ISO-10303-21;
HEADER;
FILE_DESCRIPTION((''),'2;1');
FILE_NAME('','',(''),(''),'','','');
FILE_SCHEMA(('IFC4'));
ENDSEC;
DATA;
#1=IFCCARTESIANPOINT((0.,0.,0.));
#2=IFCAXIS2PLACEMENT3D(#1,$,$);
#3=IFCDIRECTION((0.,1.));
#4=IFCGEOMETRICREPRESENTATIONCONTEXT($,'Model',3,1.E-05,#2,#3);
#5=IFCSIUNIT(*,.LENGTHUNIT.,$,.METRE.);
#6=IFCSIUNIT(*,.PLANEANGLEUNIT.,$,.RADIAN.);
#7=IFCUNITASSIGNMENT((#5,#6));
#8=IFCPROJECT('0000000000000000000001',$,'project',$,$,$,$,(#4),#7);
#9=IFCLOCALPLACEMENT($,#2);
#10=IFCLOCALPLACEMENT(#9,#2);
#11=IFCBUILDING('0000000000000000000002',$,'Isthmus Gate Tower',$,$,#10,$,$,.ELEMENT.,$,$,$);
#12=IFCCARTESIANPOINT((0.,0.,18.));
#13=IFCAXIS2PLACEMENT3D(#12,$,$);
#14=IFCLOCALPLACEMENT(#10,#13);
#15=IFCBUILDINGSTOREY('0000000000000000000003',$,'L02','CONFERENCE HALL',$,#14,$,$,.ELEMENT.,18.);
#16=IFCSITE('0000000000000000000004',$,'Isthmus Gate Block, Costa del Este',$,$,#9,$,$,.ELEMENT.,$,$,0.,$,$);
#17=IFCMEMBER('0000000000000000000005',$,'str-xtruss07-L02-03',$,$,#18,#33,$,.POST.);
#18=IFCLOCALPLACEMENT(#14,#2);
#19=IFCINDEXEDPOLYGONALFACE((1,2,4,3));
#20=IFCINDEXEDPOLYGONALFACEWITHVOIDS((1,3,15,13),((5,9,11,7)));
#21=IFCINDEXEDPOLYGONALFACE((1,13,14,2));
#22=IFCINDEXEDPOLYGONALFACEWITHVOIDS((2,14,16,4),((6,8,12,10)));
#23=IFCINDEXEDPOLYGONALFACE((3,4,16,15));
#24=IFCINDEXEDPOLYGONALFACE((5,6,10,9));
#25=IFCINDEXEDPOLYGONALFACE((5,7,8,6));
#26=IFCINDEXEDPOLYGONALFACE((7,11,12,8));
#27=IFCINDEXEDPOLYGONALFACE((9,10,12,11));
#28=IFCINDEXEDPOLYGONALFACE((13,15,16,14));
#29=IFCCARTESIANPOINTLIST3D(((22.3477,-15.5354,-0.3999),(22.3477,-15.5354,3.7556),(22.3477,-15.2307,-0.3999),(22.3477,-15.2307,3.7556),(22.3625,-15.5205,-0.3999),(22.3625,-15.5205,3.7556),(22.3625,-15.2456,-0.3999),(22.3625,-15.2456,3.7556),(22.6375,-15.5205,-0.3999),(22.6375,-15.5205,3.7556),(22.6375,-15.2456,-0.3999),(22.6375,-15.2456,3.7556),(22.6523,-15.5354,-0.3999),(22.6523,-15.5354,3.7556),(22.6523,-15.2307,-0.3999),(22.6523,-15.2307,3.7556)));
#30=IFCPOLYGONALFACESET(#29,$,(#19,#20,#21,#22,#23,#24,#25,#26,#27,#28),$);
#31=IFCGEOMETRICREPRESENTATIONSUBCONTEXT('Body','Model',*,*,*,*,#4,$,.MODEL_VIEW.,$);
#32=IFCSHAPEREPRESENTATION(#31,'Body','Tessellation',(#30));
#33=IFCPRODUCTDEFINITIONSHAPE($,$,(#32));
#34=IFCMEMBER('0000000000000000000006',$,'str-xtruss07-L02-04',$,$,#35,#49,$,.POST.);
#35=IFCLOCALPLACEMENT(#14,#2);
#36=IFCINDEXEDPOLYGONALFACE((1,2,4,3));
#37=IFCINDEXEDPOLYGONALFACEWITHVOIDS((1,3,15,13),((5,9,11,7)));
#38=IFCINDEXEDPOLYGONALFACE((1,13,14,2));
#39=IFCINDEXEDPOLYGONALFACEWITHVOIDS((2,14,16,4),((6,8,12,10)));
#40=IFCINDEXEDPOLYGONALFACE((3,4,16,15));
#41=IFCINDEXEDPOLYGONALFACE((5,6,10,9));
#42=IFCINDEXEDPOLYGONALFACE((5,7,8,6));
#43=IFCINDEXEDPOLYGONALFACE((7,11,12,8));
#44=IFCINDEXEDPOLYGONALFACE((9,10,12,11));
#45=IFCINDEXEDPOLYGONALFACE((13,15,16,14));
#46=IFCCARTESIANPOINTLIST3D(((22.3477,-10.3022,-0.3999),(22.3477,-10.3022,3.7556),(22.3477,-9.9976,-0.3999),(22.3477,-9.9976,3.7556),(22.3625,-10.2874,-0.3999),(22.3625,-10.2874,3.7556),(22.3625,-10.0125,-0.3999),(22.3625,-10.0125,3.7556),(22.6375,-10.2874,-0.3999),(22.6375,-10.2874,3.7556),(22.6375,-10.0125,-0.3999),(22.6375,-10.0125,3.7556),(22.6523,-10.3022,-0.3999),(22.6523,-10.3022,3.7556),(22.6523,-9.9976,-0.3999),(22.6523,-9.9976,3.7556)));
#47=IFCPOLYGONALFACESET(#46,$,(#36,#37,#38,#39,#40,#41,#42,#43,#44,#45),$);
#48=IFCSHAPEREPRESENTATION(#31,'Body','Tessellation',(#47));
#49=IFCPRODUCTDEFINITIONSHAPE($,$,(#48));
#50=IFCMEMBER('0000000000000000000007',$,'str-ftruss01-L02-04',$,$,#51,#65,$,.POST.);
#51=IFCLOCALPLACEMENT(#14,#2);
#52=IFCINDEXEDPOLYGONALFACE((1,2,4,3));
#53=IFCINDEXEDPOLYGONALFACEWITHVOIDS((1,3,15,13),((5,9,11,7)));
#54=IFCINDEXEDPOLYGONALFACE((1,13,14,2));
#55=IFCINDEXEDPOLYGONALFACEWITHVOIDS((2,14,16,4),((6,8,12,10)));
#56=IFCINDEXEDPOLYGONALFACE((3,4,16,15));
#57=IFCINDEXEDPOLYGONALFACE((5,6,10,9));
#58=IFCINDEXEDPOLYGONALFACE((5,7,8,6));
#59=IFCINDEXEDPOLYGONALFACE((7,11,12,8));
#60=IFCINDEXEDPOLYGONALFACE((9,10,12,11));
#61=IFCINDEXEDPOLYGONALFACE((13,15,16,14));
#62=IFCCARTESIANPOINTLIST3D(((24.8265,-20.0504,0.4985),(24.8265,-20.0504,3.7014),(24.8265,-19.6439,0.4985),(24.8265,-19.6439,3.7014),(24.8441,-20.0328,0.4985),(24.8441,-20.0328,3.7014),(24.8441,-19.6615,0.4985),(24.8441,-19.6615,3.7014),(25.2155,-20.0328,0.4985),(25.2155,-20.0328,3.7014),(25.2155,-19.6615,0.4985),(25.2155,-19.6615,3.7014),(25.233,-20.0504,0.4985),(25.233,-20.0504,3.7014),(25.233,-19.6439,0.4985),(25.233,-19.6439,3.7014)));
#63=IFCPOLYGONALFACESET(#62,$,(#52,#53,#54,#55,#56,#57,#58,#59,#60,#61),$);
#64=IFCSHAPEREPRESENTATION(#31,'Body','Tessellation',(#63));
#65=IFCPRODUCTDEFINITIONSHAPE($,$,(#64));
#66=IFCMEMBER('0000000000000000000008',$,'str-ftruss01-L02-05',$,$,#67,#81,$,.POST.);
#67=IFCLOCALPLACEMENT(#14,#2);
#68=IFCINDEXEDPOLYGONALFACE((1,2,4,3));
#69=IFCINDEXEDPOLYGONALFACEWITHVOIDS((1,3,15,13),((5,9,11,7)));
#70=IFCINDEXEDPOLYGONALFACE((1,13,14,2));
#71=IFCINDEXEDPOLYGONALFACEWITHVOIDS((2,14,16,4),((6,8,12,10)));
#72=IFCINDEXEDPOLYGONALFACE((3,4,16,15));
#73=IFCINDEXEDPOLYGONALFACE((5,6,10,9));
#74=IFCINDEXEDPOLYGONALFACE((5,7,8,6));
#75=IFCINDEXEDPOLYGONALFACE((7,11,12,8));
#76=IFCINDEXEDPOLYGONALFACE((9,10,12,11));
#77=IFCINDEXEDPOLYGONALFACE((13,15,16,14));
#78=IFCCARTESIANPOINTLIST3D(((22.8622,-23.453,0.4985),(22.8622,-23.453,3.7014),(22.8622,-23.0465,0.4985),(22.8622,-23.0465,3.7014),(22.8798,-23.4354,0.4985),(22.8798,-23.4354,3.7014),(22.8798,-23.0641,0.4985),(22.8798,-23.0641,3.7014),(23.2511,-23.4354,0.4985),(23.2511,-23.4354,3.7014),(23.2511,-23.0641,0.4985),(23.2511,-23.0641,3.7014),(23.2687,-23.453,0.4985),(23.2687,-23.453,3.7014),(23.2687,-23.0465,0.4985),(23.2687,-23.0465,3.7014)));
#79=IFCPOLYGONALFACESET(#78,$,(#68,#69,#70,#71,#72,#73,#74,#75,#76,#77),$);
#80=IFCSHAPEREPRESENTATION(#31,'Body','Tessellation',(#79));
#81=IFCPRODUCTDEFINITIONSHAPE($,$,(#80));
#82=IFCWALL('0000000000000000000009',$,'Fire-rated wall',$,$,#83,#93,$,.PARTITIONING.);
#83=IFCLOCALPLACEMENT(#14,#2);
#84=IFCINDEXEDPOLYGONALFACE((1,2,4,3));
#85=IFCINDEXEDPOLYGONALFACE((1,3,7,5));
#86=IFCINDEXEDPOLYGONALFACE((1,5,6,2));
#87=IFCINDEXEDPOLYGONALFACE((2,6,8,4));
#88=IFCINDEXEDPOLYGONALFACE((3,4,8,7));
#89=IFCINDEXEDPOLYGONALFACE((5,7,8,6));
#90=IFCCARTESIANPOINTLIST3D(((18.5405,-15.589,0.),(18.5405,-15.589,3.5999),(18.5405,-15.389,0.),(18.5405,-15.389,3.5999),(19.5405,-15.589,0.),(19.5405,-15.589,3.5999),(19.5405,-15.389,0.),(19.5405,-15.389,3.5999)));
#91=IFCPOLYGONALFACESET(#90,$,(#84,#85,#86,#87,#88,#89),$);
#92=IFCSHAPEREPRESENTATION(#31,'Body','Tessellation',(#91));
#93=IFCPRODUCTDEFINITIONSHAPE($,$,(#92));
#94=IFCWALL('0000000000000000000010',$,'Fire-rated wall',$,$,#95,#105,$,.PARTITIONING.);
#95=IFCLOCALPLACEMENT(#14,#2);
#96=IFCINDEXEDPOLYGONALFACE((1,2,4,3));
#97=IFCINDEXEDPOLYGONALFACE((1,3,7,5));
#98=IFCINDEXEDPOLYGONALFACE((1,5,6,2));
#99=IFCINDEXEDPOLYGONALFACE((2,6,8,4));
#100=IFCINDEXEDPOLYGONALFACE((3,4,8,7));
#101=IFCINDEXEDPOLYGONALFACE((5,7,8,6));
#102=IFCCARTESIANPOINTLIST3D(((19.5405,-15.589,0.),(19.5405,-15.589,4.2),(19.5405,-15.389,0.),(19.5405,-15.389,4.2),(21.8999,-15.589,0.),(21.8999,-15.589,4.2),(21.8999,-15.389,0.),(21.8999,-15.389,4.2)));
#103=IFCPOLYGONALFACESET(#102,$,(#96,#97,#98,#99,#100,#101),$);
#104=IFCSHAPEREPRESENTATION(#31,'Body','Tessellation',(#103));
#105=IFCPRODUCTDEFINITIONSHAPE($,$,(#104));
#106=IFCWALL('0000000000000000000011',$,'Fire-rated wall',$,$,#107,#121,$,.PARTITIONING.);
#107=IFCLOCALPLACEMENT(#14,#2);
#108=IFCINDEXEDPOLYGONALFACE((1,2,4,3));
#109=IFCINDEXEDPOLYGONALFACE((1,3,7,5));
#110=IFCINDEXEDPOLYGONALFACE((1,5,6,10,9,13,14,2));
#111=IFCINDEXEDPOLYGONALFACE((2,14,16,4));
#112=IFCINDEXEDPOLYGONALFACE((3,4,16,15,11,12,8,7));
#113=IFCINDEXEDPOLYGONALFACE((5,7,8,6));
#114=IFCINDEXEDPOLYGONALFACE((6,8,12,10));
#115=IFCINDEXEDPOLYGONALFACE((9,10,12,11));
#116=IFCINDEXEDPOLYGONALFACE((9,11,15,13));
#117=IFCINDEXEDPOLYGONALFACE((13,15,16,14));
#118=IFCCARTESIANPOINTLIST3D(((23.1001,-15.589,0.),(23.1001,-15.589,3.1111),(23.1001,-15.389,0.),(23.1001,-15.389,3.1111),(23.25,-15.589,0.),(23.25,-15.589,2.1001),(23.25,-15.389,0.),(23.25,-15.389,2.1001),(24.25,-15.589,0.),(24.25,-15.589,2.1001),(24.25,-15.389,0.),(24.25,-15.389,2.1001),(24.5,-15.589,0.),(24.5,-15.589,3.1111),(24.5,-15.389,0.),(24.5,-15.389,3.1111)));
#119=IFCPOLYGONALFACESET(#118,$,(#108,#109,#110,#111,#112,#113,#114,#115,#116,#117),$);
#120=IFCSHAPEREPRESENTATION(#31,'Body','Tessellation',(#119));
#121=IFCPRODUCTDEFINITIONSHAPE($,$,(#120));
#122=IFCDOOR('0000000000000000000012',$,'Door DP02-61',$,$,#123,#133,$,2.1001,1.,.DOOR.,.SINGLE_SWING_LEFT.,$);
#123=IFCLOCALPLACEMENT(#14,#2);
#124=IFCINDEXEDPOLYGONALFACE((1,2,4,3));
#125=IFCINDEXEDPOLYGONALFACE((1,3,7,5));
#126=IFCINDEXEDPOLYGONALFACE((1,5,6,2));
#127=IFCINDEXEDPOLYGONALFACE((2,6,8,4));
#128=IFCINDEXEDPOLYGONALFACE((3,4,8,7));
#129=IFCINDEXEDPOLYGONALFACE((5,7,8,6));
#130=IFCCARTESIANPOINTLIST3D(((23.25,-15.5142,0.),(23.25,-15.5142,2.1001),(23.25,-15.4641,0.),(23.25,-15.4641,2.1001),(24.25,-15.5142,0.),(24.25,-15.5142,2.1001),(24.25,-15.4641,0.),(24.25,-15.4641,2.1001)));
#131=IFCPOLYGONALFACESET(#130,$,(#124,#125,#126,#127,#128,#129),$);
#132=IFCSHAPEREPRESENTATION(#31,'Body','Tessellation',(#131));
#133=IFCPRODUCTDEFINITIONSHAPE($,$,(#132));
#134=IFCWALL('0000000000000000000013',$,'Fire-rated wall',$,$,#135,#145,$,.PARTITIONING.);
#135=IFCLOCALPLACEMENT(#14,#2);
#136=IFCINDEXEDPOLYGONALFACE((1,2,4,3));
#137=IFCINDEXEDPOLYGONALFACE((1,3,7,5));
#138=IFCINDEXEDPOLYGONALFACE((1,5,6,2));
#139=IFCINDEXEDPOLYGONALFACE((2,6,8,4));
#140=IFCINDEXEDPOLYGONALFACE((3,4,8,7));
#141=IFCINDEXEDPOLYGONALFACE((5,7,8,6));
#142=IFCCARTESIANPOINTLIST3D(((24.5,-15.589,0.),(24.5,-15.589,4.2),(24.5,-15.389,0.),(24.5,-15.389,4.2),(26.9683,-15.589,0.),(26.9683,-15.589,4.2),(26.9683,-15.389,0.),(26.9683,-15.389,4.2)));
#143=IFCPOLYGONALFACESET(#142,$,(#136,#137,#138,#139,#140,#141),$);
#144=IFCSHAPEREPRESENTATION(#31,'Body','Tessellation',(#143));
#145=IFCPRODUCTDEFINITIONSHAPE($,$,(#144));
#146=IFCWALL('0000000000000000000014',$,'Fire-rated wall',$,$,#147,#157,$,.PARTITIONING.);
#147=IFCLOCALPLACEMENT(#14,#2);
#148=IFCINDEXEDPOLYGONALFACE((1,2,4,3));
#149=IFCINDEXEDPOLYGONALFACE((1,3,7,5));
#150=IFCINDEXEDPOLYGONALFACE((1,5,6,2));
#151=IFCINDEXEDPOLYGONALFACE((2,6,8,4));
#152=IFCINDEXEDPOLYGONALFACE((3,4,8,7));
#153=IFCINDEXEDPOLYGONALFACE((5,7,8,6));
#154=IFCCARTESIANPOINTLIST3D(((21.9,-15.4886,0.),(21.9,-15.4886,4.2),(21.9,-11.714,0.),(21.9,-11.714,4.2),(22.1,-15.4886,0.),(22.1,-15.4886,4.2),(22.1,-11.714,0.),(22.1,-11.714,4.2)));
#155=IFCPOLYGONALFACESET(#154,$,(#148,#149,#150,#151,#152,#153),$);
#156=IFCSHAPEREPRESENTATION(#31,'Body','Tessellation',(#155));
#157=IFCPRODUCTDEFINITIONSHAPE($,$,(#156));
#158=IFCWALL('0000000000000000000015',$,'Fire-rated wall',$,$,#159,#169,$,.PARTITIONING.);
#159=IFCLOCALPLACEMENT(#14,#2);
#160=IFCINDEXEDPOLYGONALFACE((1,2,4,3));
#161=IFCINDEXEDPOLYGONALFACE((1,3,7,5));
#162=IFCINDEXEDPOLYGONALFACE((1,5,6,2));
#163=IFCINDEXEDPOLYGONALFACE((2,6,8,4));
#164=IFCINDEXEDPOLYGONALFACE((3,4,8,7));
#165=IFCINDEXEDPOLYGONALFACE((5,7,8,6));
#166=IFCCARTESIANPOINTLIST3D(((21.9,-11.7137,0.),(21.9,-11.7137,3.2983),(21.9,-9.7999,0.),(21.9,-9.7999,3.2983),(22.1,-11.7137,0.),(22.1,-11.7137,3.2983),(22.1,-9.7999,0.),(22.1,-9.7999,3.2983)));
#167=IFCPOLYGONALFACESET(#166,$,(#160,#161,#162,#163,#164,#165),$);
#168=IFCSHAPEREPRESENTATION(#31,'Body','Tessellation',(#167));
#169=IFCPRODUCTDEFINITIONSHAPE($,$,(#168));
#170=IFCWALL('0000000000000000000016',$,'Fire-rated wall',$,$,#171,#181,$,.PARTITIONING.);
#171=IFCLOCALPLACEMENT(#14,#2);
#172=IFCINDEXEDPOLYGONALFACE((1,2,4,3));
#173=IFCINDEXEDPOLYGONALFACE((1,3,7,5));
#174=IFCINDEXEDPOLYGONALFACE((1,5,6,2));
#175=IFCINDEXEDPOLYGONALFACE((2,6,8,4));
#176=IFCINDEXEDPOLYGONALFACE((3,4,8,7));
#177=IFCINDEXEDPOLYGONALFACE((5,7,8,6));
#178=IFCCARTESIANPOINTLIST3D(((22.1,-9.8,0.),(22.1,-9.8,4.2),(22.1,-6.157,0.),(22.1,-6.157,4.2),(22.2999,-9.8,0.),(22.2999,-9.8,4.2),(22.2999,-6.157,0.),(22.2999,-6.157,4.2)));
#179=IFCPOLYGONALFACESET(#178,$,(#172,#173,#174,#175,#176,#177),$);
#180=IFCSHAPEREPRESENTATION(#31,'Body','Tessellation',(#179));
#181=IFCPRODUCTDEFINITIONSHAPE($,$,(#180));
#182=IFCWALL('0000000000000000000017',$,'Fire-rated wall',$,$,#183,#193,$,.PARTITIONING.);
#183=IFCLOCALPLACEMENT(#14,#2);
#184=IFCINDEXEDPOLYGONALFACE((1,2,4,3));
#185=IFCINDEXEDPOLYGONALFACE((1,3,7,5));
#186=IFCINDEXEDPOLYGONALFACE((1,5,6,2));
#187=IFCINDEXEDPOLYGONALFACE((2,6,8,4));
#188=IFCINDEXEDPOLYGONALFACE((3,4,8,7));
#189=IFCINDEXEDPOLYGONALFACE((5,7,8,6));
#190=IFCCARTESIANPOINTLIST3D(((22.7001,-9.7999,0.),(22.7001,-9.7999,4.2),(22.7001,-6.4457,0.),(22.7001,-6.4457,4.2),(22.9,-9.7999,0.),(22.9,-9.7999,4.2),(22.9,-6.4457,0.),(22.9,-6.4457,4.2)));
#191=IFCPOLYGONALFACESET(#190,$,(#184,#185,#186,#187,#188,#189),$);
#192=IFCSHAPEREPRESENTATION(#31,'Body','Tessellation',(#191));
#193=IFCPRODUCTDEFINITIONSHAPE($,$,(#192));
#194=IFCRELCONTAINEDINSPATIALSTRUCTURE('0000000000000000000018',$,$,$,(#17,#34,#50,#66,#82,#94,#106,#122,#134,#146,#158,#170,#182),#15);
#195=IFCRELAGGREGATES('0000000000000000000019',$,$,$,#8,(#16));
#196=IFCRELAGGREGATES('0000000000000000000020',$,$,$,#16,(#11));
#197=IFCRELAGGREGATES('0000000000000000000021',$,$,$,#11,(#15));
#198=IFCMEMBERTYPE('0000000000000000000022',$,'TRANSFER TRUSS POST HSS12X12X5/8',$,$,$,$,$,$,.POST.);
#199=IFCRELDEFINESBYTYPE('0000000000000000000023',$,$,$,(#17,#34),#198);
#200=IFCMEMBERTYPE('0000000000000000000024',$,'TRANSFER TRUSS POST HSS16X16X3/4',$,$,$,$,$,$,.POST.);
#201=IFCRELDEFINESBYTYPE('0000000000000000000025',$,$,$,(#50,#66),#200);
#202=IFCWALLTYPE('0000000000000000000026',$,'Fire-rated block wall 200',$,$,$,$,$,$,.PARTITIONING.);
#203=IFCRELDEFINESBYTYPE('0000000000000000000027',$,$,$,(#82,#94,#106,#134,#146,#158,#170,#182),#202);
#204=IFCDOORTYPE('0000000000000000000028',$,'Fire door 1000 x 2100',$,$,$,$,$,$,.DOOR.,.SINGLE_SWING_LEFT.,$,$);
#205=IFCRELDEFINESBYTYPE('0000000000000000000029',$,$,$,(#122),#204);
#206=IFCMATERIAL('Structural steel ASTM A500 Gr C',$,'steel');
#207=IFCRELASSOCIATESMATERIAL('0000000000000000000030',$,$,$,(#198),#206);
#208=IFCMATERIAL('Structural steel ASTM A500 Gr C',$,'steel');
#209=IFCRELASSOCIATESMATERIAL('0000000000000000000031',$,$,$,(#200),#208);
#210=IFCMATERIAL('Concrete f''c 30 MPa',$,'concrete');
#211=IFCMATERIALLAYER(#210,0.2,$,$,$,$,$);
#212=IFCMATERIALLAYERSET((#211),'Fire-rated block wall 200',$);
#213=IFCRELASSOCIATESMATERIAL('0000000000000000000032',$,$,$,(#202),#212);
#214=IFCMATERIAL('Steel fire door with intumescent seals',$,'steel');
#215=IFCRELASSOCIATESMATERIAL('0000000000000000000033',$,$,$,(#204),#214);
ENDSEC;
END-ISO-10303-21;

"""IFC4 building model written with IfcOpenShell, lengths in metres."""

from ifc_helpers import new_model, si_unit, direction, frame, frame_2d, origin, origin_2d, place, context, subcontext, project, spatial, rectangle, hollow_rectangle, extrude, material, layer, layer_set, material_profile, profile_set, type_object, element, fill, save


model = new_model("IFC4")

# Units and contexts
model_context = context("Model", 3, precision=1e-05, world=origin(), true_north=direction((0.0, 1.0)))
body_context = subcontext(model_context, "Body", "Model", "MODEL_VIEW")
ifc_project = project(units=[si_unit("LENGTHUNIT", "METRE"), si_unit("PLANEANGLEUNIT", "RADIAN")], contexts=[model_context])

# Site, building, storey
site_placement = place(None, origin())
site = spatial("IfcSite", under=ifc_project, at=site_placement, Name="Isthmus Gate Block, Costa del Este", CompositionType="ELEMENT", RefElevation=0.0)
building_placement = place(site_placement, origin())
building = spatial("IfcBuilding", under=site, at=building_placement, Name="Isthmus Gate Tower", CompositionType="ELEMENT")
storey_placement = place(building_placement, frame((0.0, 0.0, 18.0)))
storey = spatial("IfcBuildingStorey", under=building, at=storey_placement, Name="L02", Description="CONFERENCE HALL", CompositionType="ELEMENT", Elevation=18.0)

# Members
ifc_material_1 = material(Name="Structural steel ASTM A500 Gr C", Category="steel")
ifc_material_profile_1 = material_profile(ifc_material_1, hollow_rectangle(XDim=0.3047, YDim=0.3047, WallThickness=0.0149, at=origin_2d()), Name="HSS12X12X5/8")
ifc_profile_set_1 = profile_set([ifc_material_profile_1], Name="Structural steel ASTM A500 Gr C")
member_type_1 = type_object("IfcMemberType", Name="TRANSFER TRUSS POST HSS12X12X5/8", PredefinedType="POST", material=ifc_profile_set_1)
for number, where, z_axis, x_axis, name in (
    (1, (22.5, -15.3831, -0.3999), (0.0, 0.0, 1.0), (1.0, 0.0, 0.0), "str-xtruss07-L02-03"),
    (2, (22.5, -10.1499, -0.3999), (0.0, 0.0, 1.0), (1.0, 0.0, 0.0), "str-xtruss07-L02-04"),
):
    element("IfcMember", number, at=place(storey_placement, frame(where, z_axis=z_axis, x_axis=x_axis)), inside=storey, type_object=member_type_1, Name=name, PredefinedType="POST", context=body_context, shape_type="SweptSolid", body=[
        extrude(hollow_rectangle(XDim=0.3047, YDim=0.3047, WallThickness=0.0149, at=origin_2d()), origin(), (0.0, 0.0, 1.0), 4.1555),
    ])
ifc_material_2 = material(Name="Structural steel ASTM A500 Gr C", Category="steel")
ifc_material_profile_2 = material_profile(ifc_material_2, hollow_rectangle(XDim=0.4065, YDim=0.4065, WallThickness=0.0176, at=origin_2d()), Name="HSS16X16X3/4")
ifc_profile_set_2 = profile_set([ifc_material_profile_2], Name="Structural steel ASTM A500 Gr C")
member_type_2 = type_object("IfcMemberType", Name="TRANSFER TRUSS POST HSS16X16X3/4", PredefinedType="POST", material=ifc_profile_set_2)
for number, where, z_axis, x_axis, name in (
    (3, (25.0298, -19.8472, 0.4985), (0.0, 0.0, 1.0), (1.0, 0.0, 0.0), "str-ftruss01-L02-04"),
    (4, (23.0654, -23.2498, 0.4985), (0.0, 0.0, 1.0), (1.0, 0.0, 0.0), "str-ftruss01-L02-05"),
):
    element("IfcMember", number, at=place(storey_placement, frame(where, z_axis=z_axis, x_axis=x_axis)), inside=storey, type_object=member_type_2, Name=name, PredefinedType="POST", context=body_context, shape_type="SweptSolid", body=[
        extrude(hollow_rectangle(XDim=0.4065, YDim=0.4065, WallThickness=0.0176, at=origin_2d()), origin(), (0.0, 0.0, 1.0), 3.2029),
    ])

# Walls
ifc_material_3 = material(Name="Concrete f'c 30 MPa", Category="concrete")
ifc_layer_1 = layer(ifc_material_3, 0.2)
ifc_layer_set_1 = layer_set([ifc_layer_1], Name="Fire-rated block wall 200")
wall_type_1 = type_object("IfcWallType", Name="Fire-rated block wall 200", PredefinedType="PARTITIONING", material=ifc_layer_set_1)
wall_1_placement = place(storey_placement, frame((18.5405, -15.489, 0.0), z_axis=(0.0, 0.0, 1.0), x_axis=(1.0, 0.0, 0.0)))
element("IfcWall", 5, at=wall_1_placement, inside=storey, type_object=wall_type_1, Name="Fire-rated wall", PredefinedType="PARTITIONING", context=body_context, shape_type="SweptSolid", body=[
    extrude(rectangle(XDim=1.0, YDim=0.2, at=frame_2d((0.5, 0.0))), origin(), (0.0, 0.0, 1.0), 3.5999),
])
wall_2_placement = place(storey_placement, frame((19.5405, -15.489, 0.0), z_axis=(0.0, 0.0, 1.0), x_axis=(1.0, 0.0, 0.0)))
element("IfcWall", 6, at=wall_2_placement, inside=storey, type_object=wall_type_1, Name="Fire-rated wall", PredefinedType="PARTITIONING", context=body_context, shape_type="SweptSolid", body=[
    extrude(rectangle(XDim=2.3594, YDim=0.2, at=frame_2d((1.1797, 0.0))), origin(), (0.0, 0.0, 1.0), 4.2),
])

# Wall, opening, door
wall_3_placement = place(storey_placement, frame((23.1001, -15.489, 0.0), z_axis=(0.0, 0.0, 1.0), x_axis=(1.0, 0.0, 0.0)))
wall_3 = element("IfcWall", 7, at=wall_3_placement, inside=storey, type_object=wall_type_1, Name="Fire-rated wall", PredefinedType="PARTITIONING", context=body_context, shape_type="SweptSolid", body=[
    extrude(rectangle(XDim=1.3999, YDim=0.2, at=frame_2d((0.7, 0.0))), origin(), (0.0, 0.0, 1.0), 3.1111),
])
opening_placement = place(wall_3_placement, frame((0.1499, 0.0, 0.0)))
opening = element("IfcOpeningElement", 8, at=opening_placement, cuts=wall_3, PredefinedType="OPENING", context=body_context, shape_type="SweptSolid", body=[
    extrude(rectangle(XDim=1.0, YDim=2.1001, at=frame_2d((0.5, 1.05))), frame((0.0, 0.1099, 0.0), z_axis=(0.0, -1.0, 0.0), x_axis=(1.0, 0.0, 0.0)), (0.0, 0.0, 1.0), 0.22),
])
ifc_material_4 = material(Name="Steel fire door with intumescent seals", Category="steel")
door_type = type_object("IfcDoorType", Name="Fire door 1000 x 2100", OperationType="SINGLE_SWING_LEFT", PredefinedType="DOOR", material=ifc_material_4)
door_placement = place(opening_placement, origin())
door = element("IfcDoor", 9, at=door_placement, inside=storey, type_object=door_type, Name="Door DP02-61", OperationType="SINGLE_SWING_LEFT", OverallHeight=2.1001, OverallWidth=1.0, PredefinedType="DOOR", context=body_context, shape_type="SweptSolid", body=[
    extrude(rectangle(XDim=1.0, YDim=2.1001, at=frame_2d((0.5, 1.05))), frame((0.0, 0.0249, 0.0), z_axis=(0.0, -1.0, 0.0), x_axis=(1.0, 0.0, 0.0)), (0.0, 0.0, 1.0), 0.05),
])
fill(opening, door)

# Walls
wall_4_placement = place(storey_placement, frame((24.5, -15.489, 0.0), z_axis=(0.0, 0.0, 1.0), x_axis=(1.0, 0.0, 0.0)))
element("IfcWall", 10, at=wall_4_placement, inside=storey, type_object=wall_type_1, Name="Fire-rated wall", PredefinedType="PARTITIONING", context=body_context, shape_type="SweptSolid", body=[
    extrude(rectangle(XDim=2.4683, YDim=0.2, at=frame_2d((1.2341, 0.0))), origin(), (0.0, 0.0, 1.0), 4.2),
])
wall_5_placement = place(storey_placement, frame((22.0, -15.4885, 0.0), z_axis=(0.0, 0.0, 1.0), x_axis=(0.0, 1.0, 0.0)))
element("IfcWall", 11, at=wall_5_placement, inside=storey, type_object=wall_type_1, Name="Fire-rated wall", PredefinedType="PARTITIONING", context=body_context, shape_type="SweptSolid", body=[
    extrude(rectangle(XDim=3.7747, YDim=0.2, at=frame_2d((1.8872, 0.0))), origin(), (0.0, 0.0, 1.0), 4.2),
])
wall_6_placement = place(storey_placement, frame((22.0, -11.7139, 0.0), z_axis=(0.0, 0.0, 1.0), x_axis=(0.0, 1.0, 0.0)))
element("IfcWall", 12, at=wall_6_placement, inside=storey, type_object=wall_type_1, Name="Fire-rated wall", PredefinedType="PARTITIONING", context=body_context, shape_type="SweptSolid", body=[
    extrude(rectangle(XDim=1.9138, YDim=0.2, at=frame_2d((0.957, 0.0))), origin(), (0.0, 0.0, 1.0), 3.2983),
])
wall_7_placement = place(storey_placement, frame((22.2, -9.8, 0.0), z_axis=(0.0, 0.0, 1.0), x_axis=(0.0, 1.0, 0.0)))
element("IfcWall", 13, at=wall_7_placement, inside=storey, type_object=wall_type_1, Name="Fire-rated wall", PredefinedType="PARTITIONING", context=body_context, shape_type="SweptSolid", body=[
    extrude(rectangle(XDim=3.6431, YDim=0.2, at=frame_2d((1.8215, 0.0))), origin(), (0.0, 0.0, 1.0), 4.2),
])
wall_8_placement = place(storey_placement, frame((22.8, -9.8, 0.0), z_axis=(0.0, 0.0, 1.0), x_axis=(0.0, 1.0, 0.0)))
element("IfcWall", 14, at=wall_8_placement, inside=storey, type_object=wall_type_1, Name="Fire-rated wall", PredefinedType="PARTITIONING", context=body_context, shape_type="SweptSolid", body=[
    extrude(rectangle(XDim=3.3542, YDim=0.2, at=frame_2d((1.6772, 0.0))), origin(), (0.0, 0.0, 1.0), 4.2),
])

save(model, "model.ifc")
